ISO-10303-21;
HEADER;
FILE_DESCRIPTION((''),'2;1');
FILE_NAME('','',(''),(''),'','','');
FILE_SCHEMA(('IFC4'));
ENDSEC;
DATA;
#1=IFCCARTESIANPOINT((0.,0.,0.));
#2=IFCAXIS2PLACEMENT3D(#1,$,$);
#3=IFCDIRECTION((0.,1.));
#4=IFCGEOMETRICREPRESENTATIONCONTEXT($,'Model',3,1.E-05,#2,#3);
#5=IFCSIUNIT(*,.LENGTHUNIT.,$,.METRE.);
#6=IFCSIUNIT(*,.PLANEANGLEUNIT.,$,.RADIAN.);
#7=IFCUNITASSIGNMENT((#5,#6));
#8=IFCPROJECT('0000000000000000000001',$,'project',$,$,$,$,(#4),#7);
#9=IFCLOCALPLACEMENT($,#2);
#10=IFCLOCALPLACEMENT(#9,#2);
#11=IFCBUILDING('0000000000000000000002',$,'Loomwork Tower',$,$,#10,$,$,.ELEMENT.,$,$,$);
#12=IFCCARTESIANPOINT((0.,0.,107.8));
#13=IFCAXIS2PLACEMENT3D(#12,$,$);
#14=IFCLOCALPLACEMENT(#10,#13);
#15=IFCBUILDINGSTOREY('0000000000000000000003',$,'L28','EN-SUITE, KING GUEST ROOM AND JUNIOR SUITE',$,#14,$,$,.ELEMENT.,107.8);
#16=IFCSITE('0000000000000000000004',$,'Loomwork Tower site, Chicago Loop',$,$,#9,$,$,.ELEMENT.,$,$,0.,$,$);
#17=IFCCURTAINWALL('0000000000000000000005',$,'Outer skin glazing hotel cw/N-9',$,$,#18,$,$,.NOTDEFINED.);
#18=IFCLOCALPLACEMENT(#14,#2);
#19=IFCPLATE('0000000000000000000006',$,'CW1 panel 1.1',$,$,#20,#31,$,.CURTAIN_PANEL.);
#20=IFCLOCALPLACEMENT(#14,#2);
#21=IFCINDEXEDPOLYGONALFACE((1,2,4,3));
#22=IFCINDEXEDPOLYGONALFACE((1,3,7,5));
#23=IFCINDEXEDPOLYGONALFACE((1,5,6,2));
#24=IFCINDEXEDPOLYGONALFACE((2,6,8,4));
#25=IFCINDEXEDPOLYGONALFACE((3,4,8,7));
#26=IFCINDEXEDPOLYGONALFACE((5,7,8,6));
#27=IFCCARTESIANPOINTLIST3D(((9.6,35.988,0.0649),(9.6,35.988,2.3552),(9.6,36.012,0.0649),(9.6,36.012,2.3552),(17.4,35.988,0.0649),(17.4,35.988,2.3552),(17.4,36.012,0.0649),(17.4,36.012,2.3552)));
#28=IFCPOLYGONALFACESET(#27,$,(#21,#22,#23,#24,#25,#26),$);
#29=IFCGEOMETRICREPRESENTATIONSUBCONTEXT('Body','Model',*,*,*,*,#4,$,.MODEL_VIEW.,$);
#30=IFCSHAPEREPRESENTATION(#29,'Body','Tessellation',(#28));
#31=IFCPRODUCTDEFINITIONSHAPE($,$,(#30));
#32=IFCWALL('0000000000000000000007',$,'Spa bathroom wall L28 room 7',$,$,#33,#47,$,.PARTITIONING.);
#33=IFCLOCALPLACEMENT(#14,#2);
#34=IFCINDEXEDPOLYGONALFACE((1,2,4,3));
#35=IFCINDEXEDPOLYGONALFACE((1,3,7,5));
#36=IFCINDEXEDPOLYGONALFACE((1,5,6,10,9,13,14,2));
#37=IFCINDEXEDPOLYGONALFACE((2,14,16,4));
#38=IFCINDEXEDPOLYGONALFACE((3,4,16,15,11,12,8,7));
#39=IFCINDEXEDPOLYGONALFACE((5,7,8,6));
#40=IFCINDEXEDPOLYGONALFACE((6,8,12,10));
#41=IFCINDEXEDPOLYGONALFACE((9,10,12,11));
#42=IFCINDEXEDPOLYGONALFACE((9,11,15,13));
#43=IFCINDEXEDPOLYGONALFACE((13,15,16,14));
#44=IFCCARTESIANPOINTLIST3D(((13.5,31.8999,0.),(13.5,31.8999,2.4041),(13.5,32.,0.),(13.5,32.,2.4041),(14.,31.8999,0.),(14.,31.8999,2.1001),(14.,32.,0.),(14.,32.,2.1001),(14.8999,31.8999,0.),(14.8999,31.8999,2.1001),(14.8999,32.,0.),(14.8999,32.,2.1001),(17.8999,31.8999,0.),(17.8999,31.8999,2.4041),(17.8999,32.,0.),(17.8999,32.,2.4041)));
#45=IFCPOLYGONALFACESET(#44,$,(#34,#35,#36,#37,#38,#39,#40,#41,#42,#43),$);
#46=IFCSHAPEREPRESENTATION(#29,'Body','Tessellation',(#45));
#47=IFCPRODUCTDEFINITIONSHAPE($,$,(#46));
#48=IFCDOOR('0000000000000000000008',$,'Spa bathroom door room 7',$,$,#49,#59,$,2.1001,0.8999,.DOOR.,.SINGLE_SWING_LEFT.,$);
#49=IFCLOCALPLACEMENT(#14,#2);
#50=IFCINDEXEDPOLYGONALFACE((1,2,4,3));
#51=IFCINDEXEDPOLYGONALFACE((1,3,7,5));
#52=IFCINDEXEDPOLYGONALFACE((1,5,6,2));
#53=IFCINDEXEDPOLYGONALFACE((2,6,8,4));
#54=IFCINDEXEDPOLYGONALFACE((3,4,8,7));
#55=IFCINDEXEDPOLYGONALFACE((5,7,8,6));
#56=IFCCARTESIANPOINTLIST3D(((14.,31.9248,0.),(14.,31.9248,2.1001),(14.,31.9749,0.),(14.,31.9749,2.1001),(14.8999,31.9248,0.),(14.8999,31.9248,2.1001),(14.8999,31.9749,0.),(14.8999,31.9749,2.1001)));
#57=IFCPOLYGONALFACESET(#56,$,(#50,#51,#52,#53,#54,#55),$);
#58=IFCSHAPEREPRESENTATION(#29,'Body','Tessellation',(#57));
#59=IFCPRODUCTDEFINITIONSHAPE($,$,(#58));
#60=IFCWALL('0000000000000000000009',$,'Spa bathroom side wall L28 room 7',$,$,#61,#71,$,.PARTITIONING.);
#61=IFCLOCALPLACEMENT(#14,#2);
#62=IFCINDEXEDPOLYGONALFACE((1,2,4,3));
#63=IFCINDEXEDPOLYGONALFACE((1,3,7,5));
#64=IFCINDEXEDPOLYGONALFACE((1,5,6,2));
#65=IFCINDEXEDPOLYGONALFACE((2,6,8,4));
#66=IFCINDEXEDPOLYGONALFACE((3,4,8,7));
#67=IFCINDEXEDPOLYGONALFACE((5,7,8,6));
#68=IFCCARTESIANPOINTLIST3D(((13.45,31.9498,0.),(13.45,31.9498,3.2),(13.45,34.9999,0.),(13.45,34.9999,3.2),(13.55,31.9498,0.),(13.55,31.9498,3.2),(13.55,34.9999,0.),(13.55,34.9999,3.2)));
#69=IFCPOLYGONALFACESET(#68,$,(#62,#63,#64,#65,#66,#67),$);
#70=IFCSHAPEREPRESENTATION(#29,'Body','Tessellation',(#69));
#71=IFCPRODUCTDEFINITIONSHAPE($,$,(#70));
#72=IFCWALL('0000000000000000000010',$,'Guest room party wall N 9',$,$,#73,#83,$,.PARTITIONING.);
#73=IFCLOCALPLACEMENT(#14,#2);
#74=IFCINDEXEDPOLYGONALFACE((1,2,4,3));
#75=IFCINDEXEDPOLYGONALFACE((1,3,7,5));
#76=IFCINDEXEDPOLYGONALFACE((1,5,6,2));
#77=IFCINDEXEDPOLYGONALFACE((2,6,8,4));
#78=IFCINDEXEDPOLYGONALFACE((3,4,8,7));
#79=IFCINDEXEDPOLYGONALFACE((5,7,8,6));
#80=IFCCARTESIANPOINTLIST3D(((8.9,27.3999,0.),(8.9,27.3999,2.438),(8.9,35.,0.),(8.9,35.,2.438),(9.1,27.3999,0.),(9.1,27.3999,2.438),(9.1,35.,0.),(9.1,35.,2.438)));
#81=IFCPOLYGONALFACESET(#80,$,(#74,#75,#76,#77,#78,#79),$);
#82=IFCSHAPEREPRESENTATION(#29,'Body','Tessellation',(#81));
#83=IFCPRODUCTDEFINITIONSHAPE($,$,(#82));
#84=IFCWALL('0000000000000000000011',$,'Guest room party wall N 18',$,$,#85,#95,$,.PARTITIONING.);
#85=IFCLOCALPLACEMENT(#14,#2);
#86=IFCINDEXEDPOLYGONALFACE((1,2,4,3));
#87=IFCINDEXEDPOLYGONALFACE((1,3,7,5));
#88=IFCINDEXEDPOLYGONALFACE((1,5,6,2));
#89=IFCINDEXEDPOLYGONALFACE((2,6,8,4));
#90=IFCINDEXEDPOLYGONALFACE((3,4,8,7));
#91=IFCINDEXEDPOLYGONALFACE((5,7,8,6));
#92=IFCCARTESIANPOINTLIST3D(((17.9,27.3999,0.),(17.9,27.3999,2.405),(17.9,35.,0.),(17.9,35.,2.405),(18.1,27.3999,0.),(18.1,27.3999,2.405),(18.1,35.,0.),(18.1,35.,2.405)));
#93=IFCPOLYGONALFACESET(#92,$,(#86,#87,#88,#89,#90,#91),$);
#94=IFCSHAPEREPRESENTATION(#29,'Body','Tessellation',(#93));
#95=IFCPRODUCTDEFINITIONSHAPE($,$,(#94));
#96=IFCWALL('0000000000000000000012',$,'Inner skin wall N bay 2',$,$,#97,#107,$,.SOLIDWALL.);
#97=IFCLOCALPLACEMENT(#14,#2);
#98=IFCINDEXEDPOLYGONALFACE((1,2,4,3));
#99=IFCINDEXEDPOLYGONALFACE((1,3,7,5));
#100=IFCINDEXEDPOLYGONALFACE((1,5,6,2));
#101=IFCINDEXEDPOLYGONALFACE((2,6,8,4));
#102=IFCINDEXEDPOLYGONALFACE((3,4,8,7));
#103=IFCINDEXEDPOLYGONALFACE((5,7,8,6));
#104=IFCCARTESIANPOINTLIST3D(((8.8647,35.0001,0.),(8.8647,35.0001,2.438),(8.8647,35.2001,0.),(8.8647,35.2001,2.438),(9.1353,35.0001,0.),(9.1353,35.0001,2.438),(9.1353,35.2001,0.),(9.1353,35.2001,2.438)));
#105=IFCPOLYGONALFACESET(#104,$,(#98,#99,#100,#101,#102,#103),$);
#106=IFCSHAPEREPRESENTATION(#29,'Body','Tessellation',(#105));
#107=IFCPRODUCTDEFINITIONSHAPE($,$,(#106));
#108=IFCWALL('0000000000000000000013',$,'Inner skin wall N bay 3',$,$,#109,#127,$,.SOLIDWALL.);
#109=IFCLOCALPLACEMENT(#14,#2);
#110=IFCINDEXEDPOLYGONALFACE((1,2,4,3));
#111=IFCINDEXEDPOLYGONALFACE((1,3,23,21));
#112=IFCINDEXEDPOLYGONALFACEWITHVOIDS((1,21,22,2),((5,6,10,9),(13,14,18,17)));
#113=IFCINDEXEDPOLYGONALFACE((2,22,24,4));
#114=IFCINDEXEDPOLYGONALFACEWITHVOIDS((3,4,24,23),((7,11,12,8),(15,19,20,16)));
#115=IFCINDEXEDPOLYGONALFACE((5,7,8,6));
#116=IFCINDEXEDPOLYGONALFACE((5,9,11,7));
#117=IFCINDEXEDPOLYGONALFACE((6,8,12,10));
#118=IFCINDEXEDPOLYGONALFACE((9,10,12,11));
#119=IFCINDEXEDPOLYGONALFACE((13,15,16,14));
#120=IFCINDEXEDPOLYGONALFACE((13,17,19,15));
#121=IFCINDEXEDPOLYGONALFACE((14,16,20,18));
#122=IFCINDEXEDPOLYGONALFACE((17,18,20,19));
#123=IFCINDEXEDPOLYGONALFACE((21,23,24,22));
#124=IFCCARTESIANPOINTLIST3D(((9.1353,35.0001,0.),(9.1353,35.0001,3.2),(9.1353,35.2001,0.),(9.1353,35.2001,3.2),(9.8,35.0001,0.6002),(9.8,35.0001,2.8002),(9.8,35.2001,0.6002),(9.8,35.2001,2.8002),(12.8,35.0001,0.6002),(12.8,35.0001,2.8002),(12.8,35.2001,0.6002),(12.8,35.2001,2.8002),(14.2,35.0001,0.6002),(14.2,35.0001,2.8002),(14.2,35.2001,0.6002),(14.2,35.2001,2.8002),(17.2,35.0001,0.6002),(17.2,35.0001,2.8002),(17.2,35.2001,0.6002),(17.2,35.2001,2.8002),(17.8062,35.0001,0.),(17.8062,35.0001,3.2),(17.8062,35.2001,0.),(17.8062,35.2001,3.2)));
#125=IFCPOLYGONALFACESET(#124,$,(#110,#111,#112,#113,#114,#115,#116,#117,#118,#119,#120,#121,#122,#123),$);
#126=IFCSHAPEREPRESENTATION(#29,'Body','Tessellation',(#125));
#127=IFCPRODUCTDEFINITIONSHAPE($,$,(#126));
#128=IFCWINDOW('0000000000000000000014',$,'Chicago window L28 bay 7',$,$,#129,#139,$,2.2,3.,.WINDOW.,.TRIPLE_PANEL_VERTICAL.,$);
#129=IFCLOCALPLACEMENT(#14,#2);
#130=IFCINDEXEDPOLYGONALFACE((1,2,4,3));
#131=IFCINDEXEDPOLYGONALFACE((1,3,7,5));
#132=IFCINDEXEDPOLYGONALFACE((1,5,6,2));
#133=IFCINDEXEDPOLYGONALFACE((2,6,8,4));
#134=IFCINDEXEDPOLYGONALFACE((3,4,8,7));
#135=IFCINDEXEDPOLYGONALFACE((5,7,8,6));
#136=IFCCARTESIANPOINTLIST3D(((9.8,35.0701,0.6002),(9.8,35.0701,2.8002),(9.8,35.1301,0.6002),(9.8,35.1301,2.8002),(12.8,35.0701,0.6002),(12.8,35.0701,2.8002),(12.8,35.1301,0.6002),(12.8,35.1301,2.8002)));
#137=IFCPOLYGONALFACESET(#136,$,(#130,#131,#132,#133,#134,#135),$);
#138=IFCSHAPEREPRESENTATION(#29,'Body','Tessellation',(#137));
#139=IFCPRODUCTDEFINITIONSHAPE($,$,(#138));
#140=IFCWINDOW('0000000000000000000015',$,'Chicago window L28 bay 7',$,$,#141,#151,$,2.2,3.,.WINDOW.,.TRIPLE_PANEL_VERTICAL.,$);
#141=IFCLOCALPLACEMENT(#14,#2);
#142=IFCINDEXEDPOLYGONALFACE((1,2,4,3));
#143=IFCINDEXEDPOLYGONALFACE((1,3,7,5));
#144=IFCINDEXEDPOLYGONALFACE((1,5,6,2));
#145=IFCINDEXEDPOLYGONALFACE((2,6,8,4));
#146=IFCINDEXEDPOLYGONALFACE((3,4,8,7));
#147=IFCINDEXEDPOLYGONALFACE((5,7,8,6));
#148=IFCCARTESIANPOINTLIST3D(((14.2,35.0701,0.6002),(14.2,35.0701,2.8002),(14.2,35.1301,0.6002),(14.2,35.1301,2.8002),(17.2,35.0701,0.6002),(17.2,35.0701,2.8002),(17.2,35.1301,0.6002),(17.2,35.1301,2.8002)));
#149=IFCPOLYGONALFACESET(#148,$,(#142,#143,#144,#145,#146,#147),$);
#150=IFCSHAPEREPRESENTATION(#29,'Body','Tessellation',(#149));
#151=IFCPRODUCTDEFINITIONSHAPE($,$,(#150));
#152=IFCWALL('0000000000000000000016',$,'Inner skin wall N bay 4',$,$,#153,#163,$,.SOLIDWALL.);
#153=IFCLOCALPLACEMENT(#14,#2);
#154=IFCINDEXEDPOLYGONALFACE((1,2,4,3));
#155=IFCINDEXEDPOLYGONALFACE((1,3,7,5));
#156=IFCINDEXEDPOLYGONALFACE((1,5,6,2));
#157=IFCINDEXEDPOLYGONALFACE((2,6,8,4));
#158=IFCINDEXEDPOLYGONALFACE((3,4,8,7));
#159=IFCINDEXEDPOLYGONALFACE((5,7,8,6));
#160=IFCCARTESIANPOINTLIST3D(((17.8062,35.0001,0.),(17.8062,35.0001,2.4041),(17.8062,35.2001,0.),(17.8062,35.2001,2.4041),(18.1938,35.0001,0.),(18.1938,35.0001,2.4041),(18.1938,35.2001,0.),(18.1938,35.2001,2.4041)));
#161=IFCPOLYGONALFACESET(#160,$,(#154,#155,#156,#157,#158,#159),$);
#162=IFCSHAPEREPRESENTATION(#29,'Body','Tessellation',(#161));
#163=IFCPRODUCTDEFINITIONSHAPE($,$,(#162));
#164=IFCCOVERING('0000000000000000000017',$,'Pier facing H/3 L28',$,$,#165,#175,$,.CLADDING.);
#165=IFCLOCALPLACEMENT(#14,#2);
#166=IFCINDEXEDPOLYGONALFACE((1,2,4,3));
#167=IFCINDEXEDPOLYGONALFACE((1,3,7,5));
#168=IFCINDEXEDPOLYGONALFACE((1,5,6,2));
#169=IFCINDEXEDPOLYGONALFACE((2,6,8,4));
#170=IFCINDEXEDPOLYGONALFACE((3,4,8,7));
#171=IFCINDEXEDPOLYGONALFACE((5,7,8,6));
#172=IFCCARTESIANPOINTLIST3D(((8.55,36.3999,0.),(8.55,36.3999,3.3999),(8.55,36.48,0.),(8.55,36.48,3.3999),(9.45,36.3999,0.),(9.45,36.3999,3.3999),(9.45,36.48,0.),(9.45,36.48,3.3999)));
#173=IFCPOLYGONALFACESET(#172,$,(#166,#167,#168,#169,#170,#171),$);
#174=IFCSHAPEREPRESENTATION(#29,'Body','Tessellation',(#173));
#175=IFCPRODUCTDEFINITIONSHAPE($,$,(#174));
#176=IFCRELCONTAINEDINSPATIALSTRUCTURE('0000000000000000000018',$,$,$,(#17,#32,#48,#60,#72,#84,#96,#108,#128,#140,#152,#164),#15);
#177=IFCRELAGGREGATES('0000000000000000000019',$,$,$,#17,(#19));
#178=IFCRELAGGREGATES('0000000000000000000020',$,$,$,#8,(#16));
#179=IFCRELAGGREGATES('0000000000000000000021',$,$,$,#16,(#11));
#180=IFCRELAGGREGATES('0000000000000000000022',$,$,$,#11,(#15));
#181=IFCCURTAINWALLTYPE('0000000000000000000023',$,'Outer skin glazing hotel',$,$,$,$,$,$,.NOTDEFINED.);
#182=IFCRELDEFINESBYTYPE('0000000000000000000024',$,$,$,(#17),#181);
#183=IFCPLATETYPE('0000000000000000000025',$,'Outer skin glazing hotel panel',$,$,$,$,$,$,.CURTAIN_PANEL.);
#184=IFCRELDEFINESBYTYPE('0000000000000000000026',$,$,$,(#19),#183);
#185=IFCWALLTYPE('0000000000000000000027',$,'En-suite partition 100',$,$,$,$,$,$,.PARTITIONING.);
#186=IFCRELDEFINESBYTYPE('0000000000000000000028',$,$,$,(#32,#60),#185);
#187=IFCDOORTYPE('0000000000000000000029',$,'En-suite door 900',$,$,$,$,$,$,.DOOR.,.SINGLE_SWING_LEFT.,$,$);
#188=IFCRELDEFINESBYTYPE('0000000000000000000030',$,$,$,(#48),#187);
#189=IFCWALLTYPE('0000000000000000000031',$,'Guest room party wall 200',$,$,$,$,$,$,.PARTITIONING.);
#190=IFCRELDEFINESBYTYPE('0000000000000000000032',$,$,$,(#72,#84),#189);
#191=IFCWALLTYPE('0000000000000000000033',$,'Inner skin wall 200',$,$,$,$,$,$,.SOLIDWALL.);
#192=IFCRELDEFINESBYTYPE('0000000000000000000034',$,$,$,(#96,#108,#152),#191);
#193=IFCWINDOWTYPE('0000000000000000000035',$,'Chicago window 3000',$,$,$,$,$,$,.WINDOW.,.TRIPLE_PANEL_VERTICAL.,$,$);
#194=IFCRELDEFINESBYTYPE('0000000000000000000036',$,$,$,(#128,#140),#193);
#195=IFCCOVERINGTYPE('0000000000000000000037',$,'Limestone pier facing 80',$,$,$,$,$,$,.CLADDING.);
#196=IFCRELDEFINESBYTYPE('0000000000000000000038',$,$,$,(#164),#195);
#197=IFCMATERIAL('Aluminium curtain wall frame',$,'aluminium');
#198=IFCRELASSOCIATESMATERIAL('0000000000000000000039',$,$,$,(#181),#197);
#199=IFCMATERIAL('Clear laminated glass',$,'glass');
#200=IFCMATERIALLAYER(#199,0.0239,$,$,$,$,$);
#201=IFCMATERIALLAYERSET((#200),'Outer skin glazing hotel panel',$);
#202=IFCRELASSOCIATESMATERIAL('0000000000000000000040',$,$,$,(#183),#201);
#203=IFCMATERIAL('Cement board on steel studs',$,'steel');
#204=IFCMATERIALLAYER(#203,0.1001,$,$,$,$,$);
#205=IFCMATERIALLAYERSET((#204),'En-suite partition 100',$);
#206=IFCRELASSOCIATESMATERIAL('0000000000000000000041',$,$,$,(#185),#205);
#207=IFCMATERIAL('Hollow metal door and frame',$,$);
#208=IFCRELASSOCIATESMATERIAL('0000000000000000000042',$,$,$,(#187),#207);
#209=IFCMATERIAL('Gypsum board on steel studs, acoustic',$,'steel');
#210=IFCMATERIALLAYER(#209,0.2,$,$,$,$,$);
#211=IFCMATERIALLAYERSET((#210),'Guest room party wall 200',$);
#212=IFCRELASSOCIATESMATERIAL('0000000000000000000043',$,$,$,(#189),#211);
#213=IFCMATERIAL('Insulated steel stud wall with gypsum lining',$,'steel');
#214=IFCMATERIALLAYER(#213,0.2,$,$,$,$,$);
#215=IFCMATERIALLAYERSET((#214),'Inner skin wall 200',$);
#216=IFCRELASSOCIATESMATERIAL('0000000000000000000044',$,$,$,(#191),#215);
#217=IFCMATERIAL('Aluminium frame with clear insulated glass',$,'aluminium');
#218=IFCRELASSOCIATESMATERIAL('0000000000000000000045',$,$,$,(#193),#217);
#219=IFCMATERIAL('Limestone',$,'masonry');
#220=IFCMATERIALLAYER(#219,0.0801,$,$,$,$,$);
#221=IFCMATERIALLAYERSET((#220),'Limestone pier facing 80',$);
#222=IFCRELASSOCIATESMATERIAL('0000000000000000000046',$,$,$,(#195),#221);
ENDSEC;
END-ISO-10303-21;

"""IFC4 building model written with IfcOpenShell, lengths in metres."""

from ifc_helpers import new_model, si_unit, direction, frame, frame_2d, origin, origin_2d, place, context, subcontext, project, spatial, rectangle, extrude, material, layer, layer_set, type_object, element, fill, aggregate, save


model = new_model("IFC4")

# Units and contexts
model_context = context("Model", 3, precision=1e-05, world=origin(), true_north=direction((0.0, 1.0)))
body_context = subcontext(model_context, "Body", "Model", "MODEL_VIEW")
ifc_project = project(units=[si_unit("LENGTHUNIT", "METRE"), si_unit("PLANEANGLEUNIT", "RADIAN")], contexts=[model_context])

# Site, building, storey
site_placement = place(None, origin())
site = spatial("IfcSite", under=ifc_project, at=site_placement, Name="Loomwork Tower site, Chicago Loop", CompositionType="ELEMENT", RefElevation=0.0)
building_placement = place(site_placement, origin())
building = spatial("IfcBuilding", under=site, at=building_placement, Name="Loomwork Tower", CompositionType="ELEMENT")
storey_placement = place(building_placement, frame((0.0, 0.0, 107.8)))
storey = spatial("IfcBuildingStorey", under=building, at=storey_placement, Name="L28", Description="EN-SUITE, KING GUEST ROOM AND JUNIOR SUITE", CompositionType="ELEMENT", Elevation=107.8)

# Curtain wall
ifc_material_1 = material(Name="Aluminium curtain wall frame", Category="aluminium")
curtain_wall_type = type_object("IfcCurtainWallType", Name="Outer skin glazing hotel", PredefinedType="NOTDEFINED", material=ifc_material_1)
curtain_wall_placement = place(storey_placement, origin())
curtain_wall = element("IfcCurtainWall", 1, at=curtain_wall_placement, inside=storey, type_object=curtain_wall_type, Name="Outer skin glazing hotel cw/N-9", PredefinedType="NOTDEFINED")

# Plate
ifc_material_2 = material(Name="Clear laminated glass", Category="glass")
ifc_layer_1 = layer(ifc_material_2, 0.0239)
ifc_layer_set_1 = layer_set([ifc_layer_1], Name="Outer skin glazing hotel panel")
plate_type = type_object("IfcPlateType", Name="Outer skin glazing hotel panel", PredefinedType="CURTAIN_PANEL", material=ifc_layer_set_1)
plate_placement = place(storey_placement, frame((13.5, 36.0, 0.0649), z_axis=(0.0, 0.0, 1.0), x_axis=(-1.0, 0.0, 0.0)))
plate = element("IfcPlate", 2, at=plate_placement, type_object=plate_type, Name="CW1 panel 1.1", PredefinedType="CURTAIN_PANEL", context=body_context, shape_type="SweptSolid", body=[
    extrude(rectangle(XDim=7.8, YDim=0.0239, at=origin_2d()), origin(), (0.0, 0.0, 1.0), 2.2903),
])
aggregate(curtain_wall, [plate])

# Wall, opening, door
ifc_material_3 = material(Name="Cement board on steel studs", Category="steel")
ifc_layer_2 = layer(ifc_material_3, 0.1001)
ifc_layer_set_2 = layer_set([ifc_layer_2], Name="En-suite partition 100")
wall_type_1 = type_object("IfcWallType", Name="En-suite partition 100", PredefinedType="PARTITIONING", material=ifc_layer_set_2)
wall_1_placement = place(storey_placement, frame((13.5, 31.95, 0.0), z_axis=(0.0, 0.0, 1.0), x_axis=(1.0, 0.0, 0.0)))
wall_1 = element("IfcWall", 3, at=wall_1_placement, inside=storey, type_object=wall_type_1, Name="Spa bathroom wall L28 room 7", PredefinedType="PARTITIONING", context=body_context, shape_type="SweptSolid", body=[
    extrude(rectangle(XDim=4.3999, YDim=0.1001, at=frame_2d((2.2, 0.0))), origin(), (0.0, 0.0, 1.0), 2.4041),
])
opening_1_placement = place(wall_1_placement, frame((0.5, 0.0, 0.0)))
opening_1 = element("IfcOpeningElement", 4, at=opening_1_placement, cuts=wall_1, PredefinedType="OPENING", context=body_context, shape_type="SweptSolid", body=[
    extrude(rectangle(XDim=0.8999, YDim=2.1001, at=frame_2d((0.45, 1.05))), frame((0.0, 0.0601, 0.0), z_axis=(0.0, -1.0, 0.0), x_axis=(1.0, 0.0, 0.0)), (0.0, 0.0, 1.0), 0.1201),
])
ifc_material_4 = material(Name="Hollow metal door and frame")
door_type = type_object("IfcDoorType", Name="En-suite door 900", OperationType="SINGLE_SWING_LEFT", PredefinedType="DOOR", material=ifc_material_4)
door_placement = place(opening_1_placement, origin())
door = element("IfcDoor", 5, at=door_placement, inside=storey, type_object=door_type, Name="Spa bathroom door room 7", OperationType="SINGLE_SWING_LEFT", OverallHeight=2.1001, OverallWidth=0.8999, PredefinedType="DOOR", context=body_context, shape_type="SweptSolid", body=[
    extrude(rectangle(XDim=0.8999, YDim=2.1001, at=frame_2d((0.45, 1.05))), frame((0.0, 0.0249, 0.0), z_axis=(0.0, -1.0, 0.0), x_axis=(1.0, 0.0, 0.0)), (0.0, 0.0, 1.0), 0.05),
])
fill(opening_1, door)

# Walls
wall_2_placement = place(storey_placement, frame((13.5, 31.95, 0.0), z_axis=(0.0, 0.0, 1.0), x_axis=(0.0, 1.0, 0.0)))
element("IfcWall", 6, at=wall_2_placement, inside=storey, type_object=wall_type_1, Name="Spa bathroom side wall L28 room 7", PredefinedType="PARTITIONING", context=body_context, shape_type="SweptSolid", body=[
    extrude(rectangle(XDim=3.05, YDim=0.1001, at=frame_2d((1.5249, 0.0))), origin(), (0.0, 0.0, 1.0), 3.2),
])
ifc_material_5 = material(Name="Gypsum board on steel studs, acoustic", Category="steel")
ifc_layer_3 = layer(ifc_material_5, 0.2)
ifc_layer_set_3 = layer_set([ifc_layer_3], Name="Guest room party wall 200")
wall_type_2 = type_object("IfcWallType", Name="Guest room party wall 200", PredefinedType="PARTITIONING", material=ifc_layer_set_3)
wall_3_placement = place(storey_placement, frame((9.0, 27.3999, 0.0), z_axis=(0.0, 0.0, 1.0), x_axis=(0.0, 1.0, 0.0)))
element("IfcWall", 7, at=wall_3_placement, inside=storey, type_object=wall_type_2, Name="Guest room party wall N 9", PredefinedType="PARTITIONING", context=body_context, shape_type="SweptSolid", body=[
    extrude(rectangle(XDim=7.6001, YDim=0.2, at=frame_2d((3.8, 0.0))), origin(), (0.0, 0.0, 1.0), 2.438),
])
wall_4_placement = place(storey_placement, frame((18.0, 27.3999, 0.0), z_axis=(0.0, 0.0, 1.0), x_axis=(0.0, 1.0, 0.0)))
element("IfcWall", 8, at=wall_4_placement, inside=storey, type_object=wall_type_2, Name="Guest room party wall N 18", PredefinedType="PARTITIONING", context=body_context, shape_type="SweptSolid", body=[
    extrude(rectangle(XDim=7.6001, YDim=0.2, at=frame_2d((3.8, 0.0))), origin(), (0.0, 0.0, 1.0), 2.405),
])
ifc_material_6 = material(Name="Insulated steel stud wall with gypsum lining", Category="steel")
ifc_layer_4 = layer(ifc_material_6, 0.2)
ifc_layer_set_4 = layer_set([ifc_layer_4], Name="Inner skin wall 200")
wall_type_3 = type_object("IfcWallType", Name="Inner skin wall 200", PredefinedType="SOLIDWALL", material=ifc_layer_set_4)
wall_5_placement = place(storey_placement, frame((8.8647, 35.1001, 0.0), z_axis=(0.0, 0.0, 1.0), x_axis=(1.0, 0.0, 0.0)))
element("IfcWall", 9, at=wall_5_placement, inside=storey, type_object=wall_type_3, Name="Inner skin wall N bay 2", PredefinedType="SOLIDWALL", context=body_context, shape_type="SweptSolid", body=[
    extrude(rectangle(XDim=0.2705, YDim=0.2, at=frame_2d((0.1353, 0.0))), origin(), (0.0, 0.0, 1.0), 2.438),
])

# Wall, openings, windows
wall_6_placement = place(storey_placement, frame((9.1353, 35.1001, 0.0), z_axis=(0.0, 0.0, 1.0), x_axis=(1.0, 0.0, 0.0)))
wall_6 = element("IfcWall", 10, at=wall_6_placement, inside=storey, type_object=wall_type_3, Name="Inner skin wall N bay 3", PredefinedType="SOLIDWALL", context=body_context, shape_type="SweptSolid", body=[
    extrude(rectangle(XDim=8.6709, YDim=0.2, at=frame_2d((4.3354, 0.0))), origin(), (0.0, 0.0, 1.0), 3.2),
])
opening_2_placement = place(wall_6_placement, frame((0.6648, 0.0, 0.6001)))
opening_2 = element("IfcOpeningElement", 11, at=opening_2_placement, cuts=wall_6, PredefinedType="OPENING", context=body_context, shape_type="SweptSolid", body=[
    extrude(rectangle(XDim=3.0, YDim=2.2, at=frame_2d((1.5, 1.1001))), frame((0.0, 0.1099, 0.0), z_axis=(0.0, -1.0, 0.0), x_axis=(1.0, 0.0, 0.0)), (0.0, 0.0, 1.0), 0.22),
])
opening_3_placement = place(wall_6_placement, frame((5.0647, 0.0, 0.6001)))
opening_3 = element("IfcOpeningElement", 12, at=opening_3_placement, cuts=wall_6, PredefinedType="OPENING", context=body_context, shape_type="SweptSolid", body=[
    extrude(rectangle(XDim=3.0, YDim=2.2, at=frame_2d((1.5, 1.1001))), frame((0.0, 0.1099, 0.0), z_axis=(0.0, -1.0, 0.0), x_axis=(1.0, 0.0, 0.0)), (0.0, 0.0, 1.0), 0.22),
])
ifc_material_7 = material(Name="Aluminium frame with clear insulated glass", Category="aluminium")
window_type = type_object("IfcWindowType", Name="Chicago window 3000", PartitioningType="TRIPLE_PANEL_VERTICAL", PredefinedType="WINDOW", material=ifc_material_7)
window_1_placement = place(opening_2_placement, origin())
window_1 = element("IfcWindow", 13, at=window_1_placement, inside=storey, type_object=window_type, Name="Chicago window L28 bay 7", OverallHeight=2.2, OverallWidth=3.0, PartitioningType="TRIPLE_PANEL_VERTICAL", PredefinedType="WINDOW", context=body_context, shape_type="SweptSolid", body=[
    extrude(rectangle(XDim=3.0, YDim=2.2, at=frame_2d((1.5, 1.1001))), frame((0.0, 0.03, 0.0), z_axis=(0.0, -1.0, 0.0), x_axis=(1.0, 0.0, 0.0)), (0.0, 0.0, 1.0), 0.0601),
])
fill(opening_2, window_1)
window_2_placement = place(opening_3_placement, origin())
window_2 = element("IfcWindow", 14, at=window_2_placement, inside=storey, type_object=window_type, Name="Chicago window L28 bay 7", OverallHeight=2.2, OverallWidth=3.0, PartitioningType="TRIPLE_PANEL_VERTICAL", PredefinedType="WINDOW", context=body_context, shape_type="SweptSolid", body=[
    extrude(rectangle(XDim=3.0, YDim=2.2, at=frame_2d((1.5, 1.1001))), frame((0.0, 0.03, 0.0), z_axis=(0.0, -1.0, 0.0), x_axis=(1.0, 0.0, 0.0)), (0.0, 0.0, 1.0), 0.0601),
])
fill(opening_3, window_2)

# Wall
wall_7_placement = place(storey_placement, frame((17.8062, 35.1001, 0.0), z_axis=(0.0, 0.0, 1.0), x_axis=(1.0, 0.0, 0.0)))
element("IfcWall", 15, at=wall_7_placement, inside=storey, type_object=wall_type_3, Name="Inner skin wall N bay 4", PredefinedType="SOLIDWALL", context=body_context, shape_type="SweptSolid", body=[
    extrude(rectangle(XDim=0.3877, YDim=0.2, at=frame_2d((0.1938, 0.0))), origin(), (0.0, 0.0, 1.0), 2.4041),
])

# Covering
ifc_material_8 = material(Name="Limestone", Category="masonry")
ifc_layer_5 = layer(ifc_material_8, 0.0801)
ifc_layer_set_5 = layer_set([ifc_layer_5], Name="Limestone pier facing 80")
covering_type = type_object("IfcCoveringType", Name="Limestone pier facing 80", PredefinedType="CLADDING", material=ifc_layer_set_5)
for number, where, z_axis, x_axis, name in (
    (16, (9.0, 36.4399, 0.0), (0.0, 0.0, 1.0), (1.0, 0.0, 0.0), "Pier facing H/3 L28"),
):
    element("IfcCovering", number, at=place(storey_placement, frame(where, z_axis=z_axis, x_axis=x_axis)), inside=storey, type_object=covering_type, Name=name, PredefinedType="CLADDING", context=body_context, shape_type="SweptSolid", body=[
        extrude(rectangle(XDim=0.8999, YDim=0.0801, at=origin_2d()), origin(), (0.0, 0.0, 1.0), 3.3999),
    ])

save(model, "model.ifc")
